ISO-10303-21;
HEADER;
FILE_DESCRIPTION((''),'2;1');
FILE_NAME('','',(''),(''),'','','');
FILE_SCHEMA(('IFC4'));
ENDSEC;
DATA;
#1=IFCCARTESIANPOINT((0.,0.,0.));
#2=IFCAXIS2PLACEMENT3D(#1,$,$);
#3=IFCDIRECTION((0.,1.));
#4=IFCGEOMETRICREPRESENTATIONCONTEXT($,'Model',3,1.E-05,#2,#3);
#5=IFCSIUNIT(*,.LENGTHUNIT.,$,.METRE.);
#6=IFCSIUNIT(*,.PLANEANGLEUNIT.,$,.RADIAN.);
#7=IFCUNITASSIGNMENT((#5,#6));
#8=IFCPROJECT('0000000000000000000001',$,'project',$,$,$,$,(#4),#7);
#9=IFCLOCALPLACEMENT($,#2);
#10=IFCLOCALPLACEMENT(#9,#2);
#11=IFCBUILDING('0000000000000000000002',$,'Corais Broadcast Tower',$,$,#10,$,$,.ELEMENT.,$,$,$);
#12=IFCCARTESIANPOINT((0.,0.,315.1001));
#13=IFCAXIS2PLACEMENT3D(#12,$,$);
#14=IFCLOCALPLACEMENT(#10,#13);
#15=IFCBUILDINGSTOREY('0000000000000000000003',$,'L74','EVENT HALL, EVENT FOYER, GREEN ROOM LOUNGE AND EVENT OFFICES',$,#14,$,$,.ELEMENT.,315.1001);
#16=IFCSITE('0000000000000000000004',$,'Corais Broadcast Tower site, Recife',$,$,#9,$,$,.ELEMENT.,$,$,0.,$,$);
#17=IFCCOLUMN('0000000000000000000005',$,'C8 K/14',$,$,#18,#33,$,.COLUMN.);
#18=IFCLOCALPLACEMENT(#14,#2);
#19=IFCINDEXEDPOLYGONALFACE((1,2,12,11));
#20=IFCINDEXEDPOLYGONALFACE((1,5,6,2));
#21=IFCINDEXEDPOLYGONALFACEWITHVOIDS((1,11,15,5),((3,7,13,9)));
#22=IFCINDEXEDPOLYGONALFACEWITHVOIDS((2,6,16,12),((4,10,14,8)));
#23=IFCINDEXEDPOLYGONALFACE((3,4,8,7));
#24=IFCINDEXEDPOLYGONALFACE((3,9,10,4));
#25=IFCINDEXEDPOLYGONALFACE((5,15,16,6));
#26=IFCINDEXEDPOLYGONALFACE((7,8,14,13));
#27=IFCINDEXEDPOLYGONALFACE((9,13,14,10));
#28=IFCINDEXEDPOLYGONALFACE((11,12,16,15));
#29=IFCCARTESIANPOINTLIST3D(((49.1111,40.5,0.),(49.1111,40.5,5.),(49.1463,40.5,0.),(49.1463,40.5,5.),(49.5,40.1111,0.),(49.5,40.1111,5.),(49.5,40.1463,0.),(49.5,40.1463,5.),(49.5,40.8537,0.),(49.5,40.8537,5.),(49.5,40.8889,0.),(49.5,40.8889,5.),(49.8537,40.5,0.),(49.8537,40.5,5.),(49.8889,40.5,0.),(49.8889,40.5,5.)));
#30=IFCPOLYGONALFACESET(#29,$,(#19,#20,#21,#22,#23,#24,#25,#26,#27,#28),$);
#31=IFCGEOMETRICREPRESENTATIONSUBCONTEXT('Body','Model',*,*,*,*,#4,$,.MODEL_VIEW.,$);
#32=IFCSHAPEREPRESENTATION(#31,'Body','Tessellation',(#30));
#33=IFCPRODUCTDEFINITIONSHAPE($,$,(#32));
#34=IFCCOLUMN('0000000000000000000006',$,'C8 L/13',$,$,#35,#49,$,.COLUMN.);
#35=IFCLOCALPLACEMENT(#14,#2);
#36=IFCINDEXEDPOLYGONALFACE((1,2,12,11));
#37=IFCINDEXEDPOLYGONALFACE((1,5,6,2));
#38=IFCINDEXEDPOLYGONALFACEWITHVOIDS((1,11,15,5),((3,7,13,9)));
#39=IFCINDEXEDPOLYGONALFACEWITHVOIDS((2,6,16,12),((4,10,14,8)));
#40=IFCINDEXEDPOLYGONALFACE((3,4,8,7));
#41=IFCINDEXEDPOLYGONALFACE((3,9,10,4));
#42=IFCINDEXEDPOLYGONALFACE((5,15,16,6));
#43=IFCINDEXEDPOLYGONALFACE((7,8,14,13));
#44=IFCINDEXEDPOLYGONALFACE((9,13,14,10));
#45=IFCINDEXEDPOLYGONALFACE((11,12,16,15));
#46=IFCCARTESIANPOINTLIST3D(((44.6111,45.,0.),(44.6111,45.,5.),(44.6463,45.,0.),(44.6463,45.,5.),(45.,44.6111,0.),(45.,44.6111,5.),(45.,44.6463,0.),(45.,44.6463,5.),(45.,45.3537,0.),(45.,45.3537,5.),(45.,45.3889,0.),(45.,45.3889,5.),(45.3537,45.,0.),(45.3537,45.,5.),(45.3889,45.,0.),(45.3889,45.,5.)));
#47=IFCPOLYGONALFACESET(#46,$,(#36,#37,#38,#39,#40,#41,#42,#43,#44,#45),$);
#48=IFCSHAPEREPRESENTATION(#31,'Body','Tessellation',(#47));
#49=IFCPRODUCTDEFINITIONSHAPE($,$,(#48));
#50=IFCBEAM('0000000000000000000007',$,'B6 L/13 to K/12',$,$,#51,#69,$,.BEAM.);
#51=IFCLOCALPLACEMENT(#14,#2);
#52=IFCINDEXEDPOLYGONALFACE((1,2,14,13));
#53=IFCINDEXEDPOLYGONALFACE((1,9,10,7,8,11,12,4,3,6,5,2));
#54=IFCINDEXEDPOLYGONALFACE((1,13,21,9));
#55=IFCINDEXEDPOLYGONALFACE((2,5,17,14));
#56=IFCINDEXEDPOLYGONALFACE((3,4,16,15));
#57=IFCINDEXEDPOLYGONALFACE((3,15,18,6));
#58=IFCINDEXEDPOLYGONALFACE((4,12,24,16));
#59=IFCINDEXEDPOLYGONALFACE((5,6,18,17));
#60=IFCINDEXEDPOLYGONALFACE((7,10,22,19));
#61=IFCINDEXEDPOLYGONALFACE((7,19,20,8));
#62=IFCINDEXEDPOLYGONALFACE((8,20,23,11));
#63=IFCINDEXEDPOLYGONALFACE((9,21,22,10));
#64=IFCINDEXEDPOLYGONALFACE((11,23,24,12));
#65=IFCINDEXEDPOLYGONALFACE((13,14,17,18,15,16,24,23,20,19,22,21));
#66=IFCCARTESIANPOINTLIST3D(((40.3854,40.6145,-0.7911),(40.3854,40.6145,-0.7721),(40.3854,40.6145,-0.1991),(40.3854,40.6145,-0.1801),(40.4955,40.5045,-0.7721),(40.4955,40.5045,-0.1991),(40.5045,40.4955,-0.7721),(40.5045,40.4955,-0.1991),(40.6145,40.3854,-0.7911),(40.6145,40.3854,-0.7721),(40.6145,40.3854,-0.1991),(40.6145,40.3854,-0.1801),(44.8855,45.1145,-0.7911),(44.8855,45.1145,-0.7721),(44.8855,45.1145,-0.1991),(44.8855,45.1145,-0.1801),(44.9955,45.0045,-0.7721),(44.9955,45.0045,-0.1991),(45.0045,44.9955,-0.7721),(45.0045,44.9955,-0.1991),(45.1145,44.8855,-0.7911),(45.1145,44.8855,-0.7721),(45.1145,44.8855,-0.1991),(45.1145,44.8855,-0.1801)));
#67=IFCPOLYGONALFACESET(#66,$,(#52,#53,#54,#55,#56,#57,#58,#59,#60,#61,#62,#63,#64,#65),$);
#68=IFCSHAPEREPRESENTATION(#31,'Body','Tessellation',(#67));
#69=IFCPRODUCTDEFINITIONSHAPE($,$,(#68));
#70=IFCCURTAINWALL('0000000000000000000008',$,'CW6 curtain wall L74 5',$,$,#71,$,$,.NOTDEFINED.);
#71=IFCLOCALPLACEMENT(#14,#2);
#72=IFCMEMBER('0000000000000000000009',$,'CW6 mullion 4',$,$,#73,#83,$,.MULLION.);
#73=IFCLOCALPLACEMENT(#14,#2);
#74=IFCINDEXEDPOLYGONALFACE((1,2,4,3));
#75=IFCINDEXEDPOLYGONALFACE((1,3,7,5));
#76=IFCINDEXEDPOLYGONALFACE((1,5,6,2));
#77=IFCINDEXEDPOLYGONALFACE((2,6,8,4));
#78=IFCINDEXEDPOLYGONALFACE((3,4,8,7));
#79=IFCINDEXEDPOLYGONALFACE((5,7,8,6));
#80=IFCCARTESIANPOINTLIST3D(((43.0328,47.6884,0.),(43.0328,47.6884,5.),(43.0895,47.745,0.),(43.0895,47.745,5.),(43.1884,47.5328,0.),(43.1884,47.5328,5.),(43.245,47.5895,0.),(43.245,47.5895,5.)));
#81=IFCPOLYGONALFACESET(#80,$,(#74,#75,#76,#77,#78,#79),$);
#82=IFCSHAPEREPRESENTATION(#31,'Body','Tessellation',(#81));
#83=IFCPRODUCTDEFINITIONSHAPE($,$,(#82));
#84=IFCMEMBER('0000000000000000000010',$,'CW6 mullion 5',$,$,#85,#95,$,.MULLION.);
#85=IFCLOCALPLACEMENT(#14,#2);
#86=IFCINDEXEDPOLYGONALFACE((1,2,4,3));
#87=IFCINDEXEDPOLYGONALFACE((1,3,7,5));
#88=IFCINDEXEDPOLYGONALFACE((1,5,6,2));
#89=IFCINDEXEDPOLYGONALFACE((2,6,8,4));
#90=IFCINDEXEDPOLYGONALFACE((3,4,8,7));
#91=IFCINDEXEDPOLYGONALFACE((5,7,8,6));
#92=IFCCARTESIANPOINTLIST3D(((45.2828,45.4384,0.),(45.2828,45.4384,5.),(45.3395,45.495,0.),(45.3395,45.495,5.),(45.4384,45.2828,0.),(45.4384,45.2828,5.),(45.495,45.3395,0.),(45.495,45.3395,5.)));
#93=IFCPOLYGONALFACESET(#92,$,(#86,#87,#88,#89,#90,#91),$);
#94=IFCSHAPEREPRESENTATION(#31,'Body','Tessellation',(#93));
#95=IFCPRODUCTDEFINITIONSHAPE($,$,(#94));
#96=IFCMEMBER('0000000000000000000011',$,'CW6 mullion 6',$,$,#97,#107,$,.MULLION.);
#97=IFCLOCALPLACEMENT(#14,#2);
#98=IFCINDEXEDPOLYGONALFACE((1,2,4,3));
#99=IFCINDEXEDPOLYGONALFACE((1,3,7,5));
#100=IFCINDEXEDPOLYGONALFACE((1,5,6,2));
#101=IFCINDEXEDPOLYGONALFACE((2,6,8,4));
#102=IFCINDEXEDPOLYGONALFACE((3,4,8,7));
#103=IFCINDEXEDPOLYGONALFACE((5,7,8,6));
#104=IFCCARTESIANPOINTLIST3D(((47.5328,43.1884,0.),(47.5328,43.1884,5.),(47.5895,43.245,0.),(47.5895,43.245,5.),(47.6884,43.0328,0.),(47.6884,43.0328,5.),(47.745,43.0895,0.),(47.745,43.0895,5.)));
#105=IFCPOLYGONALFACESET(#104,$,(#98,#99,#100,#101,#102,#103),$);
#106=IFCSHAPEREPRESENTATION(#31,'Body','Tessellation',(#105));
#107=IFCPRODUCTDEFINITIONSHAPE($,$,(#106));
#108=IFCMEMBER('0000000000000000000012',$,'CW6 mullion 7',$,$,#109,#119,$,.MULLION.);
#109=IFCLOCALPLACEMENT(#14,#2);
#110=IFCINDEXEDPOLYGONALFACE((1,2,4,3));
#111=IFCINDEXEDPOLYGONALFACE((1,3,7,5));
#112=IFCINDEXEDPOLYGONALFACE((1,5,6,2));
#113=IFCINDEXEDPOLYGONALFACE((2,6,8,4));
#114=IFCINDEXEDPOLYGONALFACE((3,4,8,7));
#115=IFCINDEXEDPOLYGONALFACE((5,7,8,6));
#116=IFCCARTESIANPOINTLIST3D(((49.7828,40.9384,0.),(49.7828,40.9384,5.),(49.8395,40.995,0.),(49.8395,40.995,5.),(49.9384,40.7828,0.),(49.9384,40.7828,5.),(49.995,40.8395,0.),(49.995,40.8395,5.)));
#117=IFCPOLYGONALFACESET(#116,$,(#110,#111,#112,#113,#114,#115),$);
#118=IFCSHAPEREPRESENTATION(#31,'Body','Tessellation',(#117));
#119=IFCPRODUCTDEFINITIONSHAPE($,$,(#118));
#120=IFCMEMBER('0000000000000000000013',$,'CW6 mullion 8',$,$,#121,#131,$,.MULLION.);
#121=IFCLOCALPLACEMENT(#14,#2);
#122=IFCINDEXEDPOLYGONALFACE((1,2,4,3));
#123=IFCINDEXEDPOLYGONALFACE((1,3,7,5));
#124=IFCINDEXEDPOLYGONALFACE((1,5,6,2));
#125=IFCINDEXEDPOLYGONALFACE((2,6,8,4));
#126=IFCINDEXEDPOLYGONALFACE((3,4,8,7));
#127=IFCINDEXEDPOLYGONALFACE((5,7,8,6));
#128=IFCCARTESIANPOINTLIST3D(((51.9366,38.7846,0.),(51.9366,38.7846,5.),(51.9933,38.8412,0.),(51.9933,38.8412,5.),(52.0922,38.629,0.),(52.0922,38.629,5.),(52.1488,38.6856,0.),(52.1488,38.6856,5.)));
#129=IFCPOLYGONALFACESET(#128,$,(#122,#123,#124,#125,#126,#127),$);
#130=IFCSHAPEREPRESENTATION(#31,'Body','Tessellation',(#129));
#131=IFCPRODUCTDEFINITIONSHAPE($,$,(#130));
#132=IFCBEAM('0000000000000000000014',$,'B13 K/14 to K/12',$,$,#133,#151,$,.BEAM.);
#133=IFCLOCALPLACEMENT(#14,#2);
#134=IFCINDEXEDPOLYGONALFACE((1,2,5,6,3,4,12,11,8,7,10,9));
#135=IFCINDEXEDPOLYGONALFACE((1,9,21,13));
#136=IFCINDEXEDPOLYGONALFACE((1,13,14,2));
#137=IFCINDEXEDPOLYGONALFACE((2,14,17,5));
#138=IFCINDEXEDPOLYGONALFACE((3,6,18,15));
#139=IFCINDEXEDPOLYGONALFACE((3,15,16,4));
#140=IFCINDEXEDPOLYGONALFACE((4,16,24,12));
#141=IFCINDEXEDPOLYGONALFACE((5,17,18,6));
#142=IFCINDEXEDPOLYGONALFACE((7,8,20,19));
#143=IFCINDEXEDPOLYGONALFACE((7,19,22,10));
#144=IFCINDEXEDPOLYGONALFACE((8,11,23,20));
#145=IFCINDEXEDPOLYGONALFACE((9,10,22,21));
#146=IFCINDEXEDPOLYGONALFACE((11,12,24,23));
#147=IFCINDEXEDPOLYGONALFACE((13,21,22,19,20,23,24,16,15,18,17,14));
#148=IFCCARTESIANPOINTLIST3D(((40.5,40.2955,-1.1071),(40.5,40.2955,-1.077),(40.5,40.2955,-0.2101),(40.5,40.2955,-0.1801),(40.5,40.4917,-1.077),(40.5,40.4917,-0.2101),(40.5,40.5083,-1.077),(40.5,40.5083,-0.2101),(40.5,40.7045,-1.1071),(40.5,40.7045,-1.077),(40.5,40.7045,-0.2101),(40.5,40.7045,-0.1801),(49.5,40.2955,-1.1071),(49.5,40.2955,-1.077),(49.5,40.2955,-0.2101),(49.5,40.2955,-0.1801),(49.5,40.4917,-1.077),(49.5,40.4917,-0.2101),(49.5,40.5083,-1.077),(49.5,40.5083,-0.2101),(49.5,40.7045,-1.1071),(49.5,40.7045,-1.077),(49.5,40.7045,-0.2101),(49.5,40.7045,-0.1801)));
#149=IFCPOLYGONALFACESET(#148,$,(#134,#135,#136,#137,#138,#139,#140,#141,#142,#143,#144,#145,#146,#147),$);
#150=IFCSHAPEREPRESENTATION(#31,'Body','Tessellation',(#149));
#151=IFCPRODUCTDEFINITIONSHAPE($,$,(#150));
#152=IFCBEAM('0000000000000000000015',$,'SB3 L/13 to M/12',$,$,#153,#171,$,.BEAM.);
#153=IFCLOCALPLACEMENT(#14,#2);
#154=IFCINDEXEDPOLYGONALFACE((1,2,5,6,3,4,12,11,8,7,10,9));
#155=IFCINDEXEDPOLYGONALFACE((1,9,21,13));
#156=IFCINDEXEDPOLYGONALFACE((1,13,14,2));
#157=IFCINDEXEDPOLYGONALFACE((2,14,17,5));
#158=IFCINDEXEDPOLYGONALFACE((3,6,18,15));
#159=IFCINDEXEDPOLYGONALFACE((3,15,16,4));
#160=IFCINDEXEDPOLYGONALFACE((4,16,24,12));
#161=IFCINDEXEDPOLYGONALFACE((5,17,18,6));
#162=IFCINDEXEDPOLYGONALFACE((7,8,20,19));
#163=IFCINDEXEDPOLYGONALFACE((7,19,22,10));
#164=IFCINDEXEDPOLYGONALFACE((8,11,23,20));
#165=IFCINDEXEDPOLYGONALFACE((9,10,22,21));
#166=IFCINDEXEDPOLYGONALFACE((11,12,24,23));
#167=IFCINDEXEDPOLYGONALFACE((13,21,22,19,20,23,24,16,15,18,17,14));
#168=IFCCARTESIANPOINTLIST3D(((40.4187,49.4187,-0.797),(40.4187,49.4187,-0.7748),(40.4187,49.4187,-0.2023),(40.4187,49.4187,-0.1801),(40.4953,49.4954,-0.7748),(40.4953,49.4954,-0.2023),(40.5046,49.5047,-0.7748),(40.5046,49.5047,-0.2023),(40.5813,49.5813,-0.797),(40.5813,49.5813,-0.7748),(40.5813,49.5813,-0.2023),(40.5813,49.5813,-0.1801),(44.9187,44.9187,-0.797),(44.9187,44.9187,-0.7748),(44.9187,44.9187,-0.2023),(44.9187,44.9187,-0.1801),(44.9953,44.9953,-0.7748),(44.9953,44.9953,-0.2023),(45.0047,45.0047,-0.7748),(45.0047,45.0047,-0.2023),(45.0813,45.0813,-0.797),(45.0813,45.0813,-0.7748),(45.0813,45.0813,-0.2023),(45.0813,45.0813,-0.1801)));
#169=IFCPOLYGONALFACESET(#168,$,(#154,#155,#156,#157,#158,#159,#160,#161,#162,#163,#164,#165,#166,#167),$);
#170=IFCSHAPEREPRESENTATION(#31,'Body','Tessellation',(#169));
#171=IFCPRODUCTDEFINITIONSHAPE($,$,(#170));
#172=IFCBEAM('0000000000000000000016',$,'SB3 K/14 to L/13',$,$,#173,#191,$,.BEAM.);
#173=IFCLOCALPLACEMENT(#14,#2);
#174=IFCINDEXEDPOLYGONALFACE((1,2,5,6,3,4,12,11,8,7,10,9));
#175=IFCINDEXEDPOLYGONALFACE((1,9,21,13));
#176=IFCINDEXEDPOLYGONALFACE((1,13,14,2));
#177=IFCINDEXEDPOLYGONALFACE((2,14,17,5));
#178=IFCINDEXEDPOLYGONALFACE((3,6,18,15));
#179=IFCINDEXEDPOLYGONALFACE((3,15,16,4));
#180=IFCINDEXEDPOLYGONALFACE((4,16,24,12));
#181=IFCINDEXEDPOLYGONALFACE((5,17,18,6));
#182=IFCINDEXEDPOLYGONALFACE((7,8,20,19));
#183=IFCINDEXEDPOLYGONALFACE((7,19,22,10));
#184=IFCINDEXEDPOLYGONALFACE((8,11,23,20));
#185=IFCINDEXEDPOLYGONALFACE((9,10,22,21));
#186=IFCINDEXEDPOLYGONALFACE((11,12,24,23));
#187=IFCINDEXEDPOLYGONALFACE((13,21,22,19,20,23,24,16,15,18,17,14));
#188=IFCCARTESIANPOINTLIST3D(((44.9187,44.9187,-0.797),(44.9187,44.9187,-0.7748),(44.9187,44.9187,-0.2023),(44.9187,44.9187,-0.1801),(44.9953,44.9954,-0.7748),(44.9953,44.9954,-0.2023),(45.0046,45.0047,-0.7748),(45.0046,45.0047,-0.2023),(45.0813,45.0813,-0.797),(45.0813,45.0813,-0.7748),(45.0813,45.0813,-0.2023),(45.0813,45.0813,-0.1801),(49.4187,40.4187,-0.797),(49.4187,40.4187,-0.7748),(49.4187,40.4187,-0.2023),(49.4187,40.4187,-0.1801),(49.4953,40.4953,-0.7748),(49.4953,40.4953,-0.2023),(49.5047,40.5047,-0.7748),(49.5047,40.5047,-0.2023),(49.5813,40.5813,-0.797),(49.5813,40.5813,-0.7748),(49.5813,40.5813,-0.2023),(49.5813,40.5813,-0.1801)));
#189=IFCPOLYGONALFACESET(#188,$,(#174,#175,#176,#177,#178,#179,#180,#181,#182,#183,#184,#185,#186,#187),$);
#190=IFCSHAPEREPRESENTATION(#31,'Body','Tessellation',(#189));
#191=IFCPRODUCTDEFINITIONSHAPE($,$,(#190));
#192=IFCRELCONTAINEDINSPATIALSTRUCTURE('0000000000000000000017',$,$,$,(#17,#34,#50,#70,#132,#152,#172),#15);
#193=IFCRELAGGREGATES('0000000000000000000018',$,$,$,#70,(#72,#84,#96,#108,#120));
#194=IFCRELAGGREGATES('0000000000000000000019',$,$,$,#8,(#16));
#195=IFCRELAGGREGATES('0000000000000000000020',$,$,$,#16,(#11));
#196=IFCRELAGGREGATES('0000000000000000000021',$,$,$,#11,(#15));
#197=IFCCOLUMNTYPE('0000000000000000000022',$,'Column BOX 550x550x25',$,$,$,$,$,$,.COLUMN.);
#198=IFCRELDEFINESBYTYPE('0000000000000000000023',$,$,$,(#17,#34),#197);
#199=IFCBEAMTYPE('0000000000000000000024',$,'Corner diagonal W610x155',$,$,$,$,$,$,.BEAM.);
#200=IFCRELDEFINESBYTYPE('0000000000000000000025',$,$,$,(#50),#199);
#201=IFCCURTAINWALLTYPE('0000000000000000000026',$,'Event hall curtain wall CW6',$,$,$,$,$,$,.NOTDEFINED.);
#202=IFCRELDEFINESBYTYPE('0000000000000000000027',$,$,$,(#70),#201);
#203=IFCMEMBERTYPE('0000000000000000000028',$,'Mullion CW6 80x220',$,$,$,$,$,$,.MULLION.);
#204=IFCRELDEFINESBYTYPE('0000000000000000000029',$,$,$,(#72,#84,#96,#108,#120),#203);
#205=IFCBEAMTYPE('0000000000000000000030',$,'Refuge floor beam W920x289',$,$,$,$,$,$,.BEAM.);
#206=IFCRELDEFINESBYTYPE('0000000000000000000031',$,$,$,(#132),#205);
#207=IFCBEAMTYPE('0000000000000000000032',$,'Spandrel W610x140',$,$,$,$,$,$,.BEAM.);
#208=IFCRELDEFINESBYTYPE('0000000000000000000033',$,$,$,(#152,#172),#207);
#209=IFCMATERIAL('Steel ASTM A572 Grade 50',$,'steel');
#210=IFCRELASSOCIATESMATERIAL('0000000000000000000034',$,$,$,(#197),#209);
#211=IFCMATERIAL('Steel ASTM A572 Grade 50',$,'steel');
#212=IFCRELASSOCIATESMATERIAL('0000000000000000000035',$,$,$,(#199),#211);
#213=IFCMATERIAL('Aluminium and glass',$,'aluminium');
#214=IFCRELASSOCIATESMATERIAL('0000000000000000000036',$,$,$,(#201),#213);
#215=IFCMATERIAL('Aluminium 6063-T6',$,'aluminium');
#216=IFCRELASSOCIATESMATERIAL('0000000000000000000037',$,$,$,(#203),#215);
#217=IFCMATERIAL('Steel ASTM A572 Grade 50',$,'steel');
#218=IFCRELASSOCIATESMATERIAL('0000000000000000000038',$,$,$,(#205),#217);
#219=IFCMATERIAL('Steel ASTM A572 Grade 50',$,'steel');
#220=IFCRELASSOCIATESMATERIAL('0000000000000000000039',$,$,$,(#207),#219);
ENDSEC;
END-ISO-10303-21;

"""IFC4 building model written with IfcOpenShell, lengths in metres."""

from ifc_helpers import new_model, si_unit, direction, frame, origin, origin_2d, place, context, subcontext, project, spatial, rectangle, hollow_rectangle, i_section, extrude, material, material_profile, profile_set, type_object, element, aggregate, save


model = new_model("IFC4")

# Units and contexts
model_context = context("Model", 3, precision=1e-05, world=origin(), true_north=direction((0.0, 1.0)))
body_context = subcontext(model_context, "Body", "Model", "MODEL_VIEW")
ifc_project = project(units=[si_unit("LENGTHUNIT", "METRE"), si_unit("PLANEANGLEUNIT", "RADIAN")], contexts=[model_context])

# Site, building, storey
site_placement = place(None, origin())
site = spatial("IfcSite", under=ifc_project, at=site_placement, Name="Corais Broadcast Tower site, Recife", CompositionType="ELEMENT", RefElevation=0.0)
building_placement = place(site_placement, origin())
building = spatial("IfcBuilding", under=site, at=building_placement, Name="Corais Broadcast Tower", CompositionType="ELEMENT")
storey_placement = place(building_placement, frame((0.0, 0.0, 315.1001)))
storey = spatial("IfcBuildingStorey", under=building, at=storey_placement, Name="L74", Description="EVENT HALL, EVENT FOYER, GREEN ROOM LOUNGE AND EVENT OFFICES", CompositionType="ELEMENT", Elevation=315.1001)

# Columns
ifc_material_1 = material(Name="Steel ASTM A572 Grade 50", Category="steel")
ifc_material_profile_1 = material_profile(ifc_material_1, hollow_rectangle(XDim=0.55, YDim=0.55, WallThickness=0.0249, at=origin_2d()), Name="BOX 550x550x25")
ifc_profile_set_1 = profile_set([ifc_material_profile_1], Name="Steel ASTM A572 Grade 50")
column_type = type_object("IfcColumnType", Name="Column BOX 550x550x25", PredefinedType="COLUMN", material=ifc_profile_set_1)
for number, where, z_axis, x_axis, name in (
    (1, (49.5, 40.5, 0.0), (0.0, 0.0, 1.0), (0.707107, 0.707107, 0.0), "C8 K/14"),
    (2, (45.0, 45.0, 0.0), (0.0, 0.0, 1.0), (0.707107, 0.707107, 0.0), "C8 L/13"),
):
    element("IfcColumn", number, at=place(storey_placement, frame(where, z_axis=z_axis, x_axis=x_axis)), inside=storey, type_object=column_type, Name=name, PredefinedType="COLUMN", context=body_context, shape_type="SweptSolid", body=[
        extrude(hollow_rectangle(XDim=0.55, YDim=0.55, WallThickness=0.0249, at=origin_2d()), origin(), (0.0, 0.0, 1.0), 5.0),
    ])

# Beam
ifc_material_2 = material(Name="Steel ASTM A572 Grade 50", Category="steel")
ifc_material_profile_2 = material_profile(ifc_material_2, i_section(OverallWidth=0.324, OverallDepth=0.6111, WebThickness=0.0127, FlangeThickness=0.019, at=origin_2d()), Name="W610x155")
ifc_profile_set_2 = profile_set([ifc_material_profile_2], Name="Steel ASTM A572 Grade 50")
beam_type_1 = type_object("IfcBeamType", Name="Corner diagonal W610x155", PredefinedType="BEAM", material=ifc_profile_set_2)
beam_1_placement = place(storey_placement, frame((45.0, 45.0, -0.4856), z_axis=(-0.707107, -0.707107, 0.0), x_axis=(0.707107, -0.707107, 0.0)))
element("IfcBeam", 3, at=beam_1_placement, inside=storey, type_object=beam_type_1, Name="B6 L/13 to K/12", PredefinedType="BEAM", context=body_context, shape_type="SweptSolid", body=[
    extrude(i_section(OverallWidth=0.324, OverallDepth=0.6111, WebThickness=0.0127, FlangeThickness=0.019, at=origin_2d()), origin(), (0.0, 0.0, 1.0), 6.364),
])

# Curtain wall, members
ifc_material_3 = material(Name="Aluminium and glass", Category="aluminium")
curtain_wall_type = type_object("IfcCurtainWallType", Name="Event hall curtain wall CW6", PredefinedType="NOTDEFINED", material=ifc_material_3)
curtain_wall_placement = place(storey_placement, origin())
curtain_wall = element("IfcCurtainWall", 4, at=curtain_wall_placement, inside=storey, type_object=curtain_wall_type, Name="CW6 curtain wall L74 5", PredefinedType="NOTDEFINED")
ifc_material_4 = material(Name="Aluminium 6063-T6", Category="aluminium")
ifc_material_profile_3 = material_profile(ifc_material_4, rectangle(XDim=0.0801, YDim=0.22, at=origin_2d()), Name="Mullion CW6 80x220")
ifc_profile_set_3 = profile_set([ifc_material_profile_3], Name="Aluminium 6063-T6")
member_type_1 = type_object("IfcMemberType", Name="Mullion CW6 80x220", PredefinedType="MULLION", material=ifc_profile_set_3)
member_1_placement = place(storey_placement, frame((43.1389, 47.6389, 0.0), z_axis=(0.0, 0.0, 1.0), x_axis=(0.707107, 0.707107, 0.0)))
member_1 = element("IfcMember", 5, at=member_1_placement, type_object=member_type_1, Name="CW6 mullion 4", PredefinedType="MULLION", context=body_context, shape_type="SweptSolid", body=[
    extrude(rectangle(XDim=0.0801, YDim=0.22, at=origin_2d()), origin(), (0.0, 0.0, 1.0), 5.0),
])
member_2_placement = place(storey_placement, frame((45.3889, 45.3889, 0.0), z_axis=(0.0, 0.0, 1.0), x_axis=(0.707107, 0.707107, 0.0)))
member_2 = element("IfcMember", 6, at=member_2_placement, type_object=member_type_1, Name="CW6 mullion 5", PredefinedType="MULLION", context=body_context, shape_type="SweptSolid", body=[
    extrude(rectangle(XDim=0.0801, YDim=0.22, at=origin_2d()), origin(), (0.0, 0.0, 1.0), 5.0),
])
member_3_placement = place(storey_placement, frame((47.6389, 43.1389, 0.0), z_axis=(0.0, 0.0, 1.0), x_axis=(0.707107, 0.707107, 0.0)))
member_3 = element("IfcMember", 7, at=member_3_placement, type_object=member_type_1, Name="CW6 mullion 6", PredefinedType="MULLION", context=body_context, shape_type="SweptSolid", body=[
    extrude(rectangle(XDim=0.0801, YDim=0.22, at=origin_2d()), origin(), (0.0, 0.0, 1.0), 5.0),
])
member_4_placement = place(storey_placement, frame((49.8889, 40.8889, 0.0), z_axis=(0.0, 0.0, 1.0), x_axis=(0.707107, 0.707107, 0.0)))
member_4 = element("IfcMember", 8, at=member_4_placement, type_object=member_type_1, Name="CW6 mullion 7", PredefinedType="MULLION", context=body_context, shape_type="SweptSolid", body=[
    extrude(rectangle(XDim=0.0801, YDim=0.22, at=origin_2d()), origin(), (0.0, 0.0, 1.0), 5.0),
])
member_5_placement = place(storey_placement, frame((52.0427, 38.7351, 0.0), z_axis=(0.0, 0.0, 1.0), x_axis=(0.707107, 0.707107, 0.0)))
member_5 = element("IfcMember", 9, at=member_5_placement, type_object=member_type_1, Name="CW6 mullion 8", PredefinedType="MULLION", context=body_context, shape_type="SweptSolid", body=[
    extrude(rectangle(XDim=0.0801, YDim=0.22, at=origin_2d()), origin(), (0.0, 0.0, 1.0), 5.0),
])

# Beams
ifc_material_5 = material(Name="Steel ASTM A572 Grade 50", Category="steel")
ifc_material_profile_4 = material_profile(ifc_material_5, i_section(OverallWidth=0.4089, OverallDepth=0.927, WebThickness=0.0166, FlangeThickness=0.03, at=origin_2d()), Name="W920x289")
ifc_profile_set_4 = profile_set([ifc_material_profile_4], Name="Steel ASTM A572 Grade 50")
beam_type_2 = type_object("IfcBeamType", Name="Refuge floor beam W920x289", PredefinedType="BEAM", material=ifc_profile_set_4)
beam_2_placement = place(storey_placement, frame((49.5, 40.5, -0.6436), z_axis=(-1.0, 0.0, 0.0), x_axis=(0.0, -1.0, 0.0)))
element("IfcBeam", 10, at=beam_2_placement, inside=storey, type_object=beam_type_2, Name="B13 K/14 to K/12", PredefinedType="BEAM", context=body_context, shape_type="SweptSolid", body=[
    extrude(i_section(OverallWidth=0.4089, OverallDepth=0.927, WebThickness=0.0166, FlangeThickness=0.03, at=origin_2d()), origin(), (0.0, 0.0, 1.0), 9.0),
])
ifc_material_6 = material(Name="Steel ASTM A572 Grade 50", Category="steel")
ifc_material_profile_5 = material_profile(ifc_material_6, i_section(OverallWidth=0.23, OverallDepth=0.6169, WebThickness=0.0132, FlangeThickness=0.0222, at=origin_2d()), Name="W610x140")
ifc_profile_set_5 = profile_set([ifc_material_profile_5], Name="Steel ASTM A572 Grade 50")
beam_type_3 = type_object("IfcBeamType", Name="Spandrel W610x140", PredefinedType="BEAM", material=ifc_profile_set_5)
for number, where, z_axis, x_axis, name in (
    (11, (45.0, 45.0, -0.4885), (-0.707107, 0.707107, 0.0), (-0.707107, -0.707107, 0.0), "SB3 L/13 to M/12"),
    (12, (49.5, 40.5, -0.4885), (-0.707107, 0.707107, 0.0), (-0.707107, -0.707107, 0.0), "SB3 K/14 to L/13"),
):
    element("IfcBeam", number, at=place(storey_placement, frame(where, z_axis=z_axis, x_axis=x_axis)), inside=storey, type_object=beam_type_3, Name=name, PredefinedType="BEAM", context=body_context, shape_type="SweptSolid", body=[
        extrude(i_section(OverallWidth=0.23, OverallDepth=0.6169, WebThickness=0.0132, FlangeThickness=0.0222, at=origin_2d()), origin(), (0.0, 0.0, 1.0), 6.364),
    ])

aggregate(curtain_wall, [member_1, member_2, member_3, member_4, member_5])

save(model, "model.ifc")
